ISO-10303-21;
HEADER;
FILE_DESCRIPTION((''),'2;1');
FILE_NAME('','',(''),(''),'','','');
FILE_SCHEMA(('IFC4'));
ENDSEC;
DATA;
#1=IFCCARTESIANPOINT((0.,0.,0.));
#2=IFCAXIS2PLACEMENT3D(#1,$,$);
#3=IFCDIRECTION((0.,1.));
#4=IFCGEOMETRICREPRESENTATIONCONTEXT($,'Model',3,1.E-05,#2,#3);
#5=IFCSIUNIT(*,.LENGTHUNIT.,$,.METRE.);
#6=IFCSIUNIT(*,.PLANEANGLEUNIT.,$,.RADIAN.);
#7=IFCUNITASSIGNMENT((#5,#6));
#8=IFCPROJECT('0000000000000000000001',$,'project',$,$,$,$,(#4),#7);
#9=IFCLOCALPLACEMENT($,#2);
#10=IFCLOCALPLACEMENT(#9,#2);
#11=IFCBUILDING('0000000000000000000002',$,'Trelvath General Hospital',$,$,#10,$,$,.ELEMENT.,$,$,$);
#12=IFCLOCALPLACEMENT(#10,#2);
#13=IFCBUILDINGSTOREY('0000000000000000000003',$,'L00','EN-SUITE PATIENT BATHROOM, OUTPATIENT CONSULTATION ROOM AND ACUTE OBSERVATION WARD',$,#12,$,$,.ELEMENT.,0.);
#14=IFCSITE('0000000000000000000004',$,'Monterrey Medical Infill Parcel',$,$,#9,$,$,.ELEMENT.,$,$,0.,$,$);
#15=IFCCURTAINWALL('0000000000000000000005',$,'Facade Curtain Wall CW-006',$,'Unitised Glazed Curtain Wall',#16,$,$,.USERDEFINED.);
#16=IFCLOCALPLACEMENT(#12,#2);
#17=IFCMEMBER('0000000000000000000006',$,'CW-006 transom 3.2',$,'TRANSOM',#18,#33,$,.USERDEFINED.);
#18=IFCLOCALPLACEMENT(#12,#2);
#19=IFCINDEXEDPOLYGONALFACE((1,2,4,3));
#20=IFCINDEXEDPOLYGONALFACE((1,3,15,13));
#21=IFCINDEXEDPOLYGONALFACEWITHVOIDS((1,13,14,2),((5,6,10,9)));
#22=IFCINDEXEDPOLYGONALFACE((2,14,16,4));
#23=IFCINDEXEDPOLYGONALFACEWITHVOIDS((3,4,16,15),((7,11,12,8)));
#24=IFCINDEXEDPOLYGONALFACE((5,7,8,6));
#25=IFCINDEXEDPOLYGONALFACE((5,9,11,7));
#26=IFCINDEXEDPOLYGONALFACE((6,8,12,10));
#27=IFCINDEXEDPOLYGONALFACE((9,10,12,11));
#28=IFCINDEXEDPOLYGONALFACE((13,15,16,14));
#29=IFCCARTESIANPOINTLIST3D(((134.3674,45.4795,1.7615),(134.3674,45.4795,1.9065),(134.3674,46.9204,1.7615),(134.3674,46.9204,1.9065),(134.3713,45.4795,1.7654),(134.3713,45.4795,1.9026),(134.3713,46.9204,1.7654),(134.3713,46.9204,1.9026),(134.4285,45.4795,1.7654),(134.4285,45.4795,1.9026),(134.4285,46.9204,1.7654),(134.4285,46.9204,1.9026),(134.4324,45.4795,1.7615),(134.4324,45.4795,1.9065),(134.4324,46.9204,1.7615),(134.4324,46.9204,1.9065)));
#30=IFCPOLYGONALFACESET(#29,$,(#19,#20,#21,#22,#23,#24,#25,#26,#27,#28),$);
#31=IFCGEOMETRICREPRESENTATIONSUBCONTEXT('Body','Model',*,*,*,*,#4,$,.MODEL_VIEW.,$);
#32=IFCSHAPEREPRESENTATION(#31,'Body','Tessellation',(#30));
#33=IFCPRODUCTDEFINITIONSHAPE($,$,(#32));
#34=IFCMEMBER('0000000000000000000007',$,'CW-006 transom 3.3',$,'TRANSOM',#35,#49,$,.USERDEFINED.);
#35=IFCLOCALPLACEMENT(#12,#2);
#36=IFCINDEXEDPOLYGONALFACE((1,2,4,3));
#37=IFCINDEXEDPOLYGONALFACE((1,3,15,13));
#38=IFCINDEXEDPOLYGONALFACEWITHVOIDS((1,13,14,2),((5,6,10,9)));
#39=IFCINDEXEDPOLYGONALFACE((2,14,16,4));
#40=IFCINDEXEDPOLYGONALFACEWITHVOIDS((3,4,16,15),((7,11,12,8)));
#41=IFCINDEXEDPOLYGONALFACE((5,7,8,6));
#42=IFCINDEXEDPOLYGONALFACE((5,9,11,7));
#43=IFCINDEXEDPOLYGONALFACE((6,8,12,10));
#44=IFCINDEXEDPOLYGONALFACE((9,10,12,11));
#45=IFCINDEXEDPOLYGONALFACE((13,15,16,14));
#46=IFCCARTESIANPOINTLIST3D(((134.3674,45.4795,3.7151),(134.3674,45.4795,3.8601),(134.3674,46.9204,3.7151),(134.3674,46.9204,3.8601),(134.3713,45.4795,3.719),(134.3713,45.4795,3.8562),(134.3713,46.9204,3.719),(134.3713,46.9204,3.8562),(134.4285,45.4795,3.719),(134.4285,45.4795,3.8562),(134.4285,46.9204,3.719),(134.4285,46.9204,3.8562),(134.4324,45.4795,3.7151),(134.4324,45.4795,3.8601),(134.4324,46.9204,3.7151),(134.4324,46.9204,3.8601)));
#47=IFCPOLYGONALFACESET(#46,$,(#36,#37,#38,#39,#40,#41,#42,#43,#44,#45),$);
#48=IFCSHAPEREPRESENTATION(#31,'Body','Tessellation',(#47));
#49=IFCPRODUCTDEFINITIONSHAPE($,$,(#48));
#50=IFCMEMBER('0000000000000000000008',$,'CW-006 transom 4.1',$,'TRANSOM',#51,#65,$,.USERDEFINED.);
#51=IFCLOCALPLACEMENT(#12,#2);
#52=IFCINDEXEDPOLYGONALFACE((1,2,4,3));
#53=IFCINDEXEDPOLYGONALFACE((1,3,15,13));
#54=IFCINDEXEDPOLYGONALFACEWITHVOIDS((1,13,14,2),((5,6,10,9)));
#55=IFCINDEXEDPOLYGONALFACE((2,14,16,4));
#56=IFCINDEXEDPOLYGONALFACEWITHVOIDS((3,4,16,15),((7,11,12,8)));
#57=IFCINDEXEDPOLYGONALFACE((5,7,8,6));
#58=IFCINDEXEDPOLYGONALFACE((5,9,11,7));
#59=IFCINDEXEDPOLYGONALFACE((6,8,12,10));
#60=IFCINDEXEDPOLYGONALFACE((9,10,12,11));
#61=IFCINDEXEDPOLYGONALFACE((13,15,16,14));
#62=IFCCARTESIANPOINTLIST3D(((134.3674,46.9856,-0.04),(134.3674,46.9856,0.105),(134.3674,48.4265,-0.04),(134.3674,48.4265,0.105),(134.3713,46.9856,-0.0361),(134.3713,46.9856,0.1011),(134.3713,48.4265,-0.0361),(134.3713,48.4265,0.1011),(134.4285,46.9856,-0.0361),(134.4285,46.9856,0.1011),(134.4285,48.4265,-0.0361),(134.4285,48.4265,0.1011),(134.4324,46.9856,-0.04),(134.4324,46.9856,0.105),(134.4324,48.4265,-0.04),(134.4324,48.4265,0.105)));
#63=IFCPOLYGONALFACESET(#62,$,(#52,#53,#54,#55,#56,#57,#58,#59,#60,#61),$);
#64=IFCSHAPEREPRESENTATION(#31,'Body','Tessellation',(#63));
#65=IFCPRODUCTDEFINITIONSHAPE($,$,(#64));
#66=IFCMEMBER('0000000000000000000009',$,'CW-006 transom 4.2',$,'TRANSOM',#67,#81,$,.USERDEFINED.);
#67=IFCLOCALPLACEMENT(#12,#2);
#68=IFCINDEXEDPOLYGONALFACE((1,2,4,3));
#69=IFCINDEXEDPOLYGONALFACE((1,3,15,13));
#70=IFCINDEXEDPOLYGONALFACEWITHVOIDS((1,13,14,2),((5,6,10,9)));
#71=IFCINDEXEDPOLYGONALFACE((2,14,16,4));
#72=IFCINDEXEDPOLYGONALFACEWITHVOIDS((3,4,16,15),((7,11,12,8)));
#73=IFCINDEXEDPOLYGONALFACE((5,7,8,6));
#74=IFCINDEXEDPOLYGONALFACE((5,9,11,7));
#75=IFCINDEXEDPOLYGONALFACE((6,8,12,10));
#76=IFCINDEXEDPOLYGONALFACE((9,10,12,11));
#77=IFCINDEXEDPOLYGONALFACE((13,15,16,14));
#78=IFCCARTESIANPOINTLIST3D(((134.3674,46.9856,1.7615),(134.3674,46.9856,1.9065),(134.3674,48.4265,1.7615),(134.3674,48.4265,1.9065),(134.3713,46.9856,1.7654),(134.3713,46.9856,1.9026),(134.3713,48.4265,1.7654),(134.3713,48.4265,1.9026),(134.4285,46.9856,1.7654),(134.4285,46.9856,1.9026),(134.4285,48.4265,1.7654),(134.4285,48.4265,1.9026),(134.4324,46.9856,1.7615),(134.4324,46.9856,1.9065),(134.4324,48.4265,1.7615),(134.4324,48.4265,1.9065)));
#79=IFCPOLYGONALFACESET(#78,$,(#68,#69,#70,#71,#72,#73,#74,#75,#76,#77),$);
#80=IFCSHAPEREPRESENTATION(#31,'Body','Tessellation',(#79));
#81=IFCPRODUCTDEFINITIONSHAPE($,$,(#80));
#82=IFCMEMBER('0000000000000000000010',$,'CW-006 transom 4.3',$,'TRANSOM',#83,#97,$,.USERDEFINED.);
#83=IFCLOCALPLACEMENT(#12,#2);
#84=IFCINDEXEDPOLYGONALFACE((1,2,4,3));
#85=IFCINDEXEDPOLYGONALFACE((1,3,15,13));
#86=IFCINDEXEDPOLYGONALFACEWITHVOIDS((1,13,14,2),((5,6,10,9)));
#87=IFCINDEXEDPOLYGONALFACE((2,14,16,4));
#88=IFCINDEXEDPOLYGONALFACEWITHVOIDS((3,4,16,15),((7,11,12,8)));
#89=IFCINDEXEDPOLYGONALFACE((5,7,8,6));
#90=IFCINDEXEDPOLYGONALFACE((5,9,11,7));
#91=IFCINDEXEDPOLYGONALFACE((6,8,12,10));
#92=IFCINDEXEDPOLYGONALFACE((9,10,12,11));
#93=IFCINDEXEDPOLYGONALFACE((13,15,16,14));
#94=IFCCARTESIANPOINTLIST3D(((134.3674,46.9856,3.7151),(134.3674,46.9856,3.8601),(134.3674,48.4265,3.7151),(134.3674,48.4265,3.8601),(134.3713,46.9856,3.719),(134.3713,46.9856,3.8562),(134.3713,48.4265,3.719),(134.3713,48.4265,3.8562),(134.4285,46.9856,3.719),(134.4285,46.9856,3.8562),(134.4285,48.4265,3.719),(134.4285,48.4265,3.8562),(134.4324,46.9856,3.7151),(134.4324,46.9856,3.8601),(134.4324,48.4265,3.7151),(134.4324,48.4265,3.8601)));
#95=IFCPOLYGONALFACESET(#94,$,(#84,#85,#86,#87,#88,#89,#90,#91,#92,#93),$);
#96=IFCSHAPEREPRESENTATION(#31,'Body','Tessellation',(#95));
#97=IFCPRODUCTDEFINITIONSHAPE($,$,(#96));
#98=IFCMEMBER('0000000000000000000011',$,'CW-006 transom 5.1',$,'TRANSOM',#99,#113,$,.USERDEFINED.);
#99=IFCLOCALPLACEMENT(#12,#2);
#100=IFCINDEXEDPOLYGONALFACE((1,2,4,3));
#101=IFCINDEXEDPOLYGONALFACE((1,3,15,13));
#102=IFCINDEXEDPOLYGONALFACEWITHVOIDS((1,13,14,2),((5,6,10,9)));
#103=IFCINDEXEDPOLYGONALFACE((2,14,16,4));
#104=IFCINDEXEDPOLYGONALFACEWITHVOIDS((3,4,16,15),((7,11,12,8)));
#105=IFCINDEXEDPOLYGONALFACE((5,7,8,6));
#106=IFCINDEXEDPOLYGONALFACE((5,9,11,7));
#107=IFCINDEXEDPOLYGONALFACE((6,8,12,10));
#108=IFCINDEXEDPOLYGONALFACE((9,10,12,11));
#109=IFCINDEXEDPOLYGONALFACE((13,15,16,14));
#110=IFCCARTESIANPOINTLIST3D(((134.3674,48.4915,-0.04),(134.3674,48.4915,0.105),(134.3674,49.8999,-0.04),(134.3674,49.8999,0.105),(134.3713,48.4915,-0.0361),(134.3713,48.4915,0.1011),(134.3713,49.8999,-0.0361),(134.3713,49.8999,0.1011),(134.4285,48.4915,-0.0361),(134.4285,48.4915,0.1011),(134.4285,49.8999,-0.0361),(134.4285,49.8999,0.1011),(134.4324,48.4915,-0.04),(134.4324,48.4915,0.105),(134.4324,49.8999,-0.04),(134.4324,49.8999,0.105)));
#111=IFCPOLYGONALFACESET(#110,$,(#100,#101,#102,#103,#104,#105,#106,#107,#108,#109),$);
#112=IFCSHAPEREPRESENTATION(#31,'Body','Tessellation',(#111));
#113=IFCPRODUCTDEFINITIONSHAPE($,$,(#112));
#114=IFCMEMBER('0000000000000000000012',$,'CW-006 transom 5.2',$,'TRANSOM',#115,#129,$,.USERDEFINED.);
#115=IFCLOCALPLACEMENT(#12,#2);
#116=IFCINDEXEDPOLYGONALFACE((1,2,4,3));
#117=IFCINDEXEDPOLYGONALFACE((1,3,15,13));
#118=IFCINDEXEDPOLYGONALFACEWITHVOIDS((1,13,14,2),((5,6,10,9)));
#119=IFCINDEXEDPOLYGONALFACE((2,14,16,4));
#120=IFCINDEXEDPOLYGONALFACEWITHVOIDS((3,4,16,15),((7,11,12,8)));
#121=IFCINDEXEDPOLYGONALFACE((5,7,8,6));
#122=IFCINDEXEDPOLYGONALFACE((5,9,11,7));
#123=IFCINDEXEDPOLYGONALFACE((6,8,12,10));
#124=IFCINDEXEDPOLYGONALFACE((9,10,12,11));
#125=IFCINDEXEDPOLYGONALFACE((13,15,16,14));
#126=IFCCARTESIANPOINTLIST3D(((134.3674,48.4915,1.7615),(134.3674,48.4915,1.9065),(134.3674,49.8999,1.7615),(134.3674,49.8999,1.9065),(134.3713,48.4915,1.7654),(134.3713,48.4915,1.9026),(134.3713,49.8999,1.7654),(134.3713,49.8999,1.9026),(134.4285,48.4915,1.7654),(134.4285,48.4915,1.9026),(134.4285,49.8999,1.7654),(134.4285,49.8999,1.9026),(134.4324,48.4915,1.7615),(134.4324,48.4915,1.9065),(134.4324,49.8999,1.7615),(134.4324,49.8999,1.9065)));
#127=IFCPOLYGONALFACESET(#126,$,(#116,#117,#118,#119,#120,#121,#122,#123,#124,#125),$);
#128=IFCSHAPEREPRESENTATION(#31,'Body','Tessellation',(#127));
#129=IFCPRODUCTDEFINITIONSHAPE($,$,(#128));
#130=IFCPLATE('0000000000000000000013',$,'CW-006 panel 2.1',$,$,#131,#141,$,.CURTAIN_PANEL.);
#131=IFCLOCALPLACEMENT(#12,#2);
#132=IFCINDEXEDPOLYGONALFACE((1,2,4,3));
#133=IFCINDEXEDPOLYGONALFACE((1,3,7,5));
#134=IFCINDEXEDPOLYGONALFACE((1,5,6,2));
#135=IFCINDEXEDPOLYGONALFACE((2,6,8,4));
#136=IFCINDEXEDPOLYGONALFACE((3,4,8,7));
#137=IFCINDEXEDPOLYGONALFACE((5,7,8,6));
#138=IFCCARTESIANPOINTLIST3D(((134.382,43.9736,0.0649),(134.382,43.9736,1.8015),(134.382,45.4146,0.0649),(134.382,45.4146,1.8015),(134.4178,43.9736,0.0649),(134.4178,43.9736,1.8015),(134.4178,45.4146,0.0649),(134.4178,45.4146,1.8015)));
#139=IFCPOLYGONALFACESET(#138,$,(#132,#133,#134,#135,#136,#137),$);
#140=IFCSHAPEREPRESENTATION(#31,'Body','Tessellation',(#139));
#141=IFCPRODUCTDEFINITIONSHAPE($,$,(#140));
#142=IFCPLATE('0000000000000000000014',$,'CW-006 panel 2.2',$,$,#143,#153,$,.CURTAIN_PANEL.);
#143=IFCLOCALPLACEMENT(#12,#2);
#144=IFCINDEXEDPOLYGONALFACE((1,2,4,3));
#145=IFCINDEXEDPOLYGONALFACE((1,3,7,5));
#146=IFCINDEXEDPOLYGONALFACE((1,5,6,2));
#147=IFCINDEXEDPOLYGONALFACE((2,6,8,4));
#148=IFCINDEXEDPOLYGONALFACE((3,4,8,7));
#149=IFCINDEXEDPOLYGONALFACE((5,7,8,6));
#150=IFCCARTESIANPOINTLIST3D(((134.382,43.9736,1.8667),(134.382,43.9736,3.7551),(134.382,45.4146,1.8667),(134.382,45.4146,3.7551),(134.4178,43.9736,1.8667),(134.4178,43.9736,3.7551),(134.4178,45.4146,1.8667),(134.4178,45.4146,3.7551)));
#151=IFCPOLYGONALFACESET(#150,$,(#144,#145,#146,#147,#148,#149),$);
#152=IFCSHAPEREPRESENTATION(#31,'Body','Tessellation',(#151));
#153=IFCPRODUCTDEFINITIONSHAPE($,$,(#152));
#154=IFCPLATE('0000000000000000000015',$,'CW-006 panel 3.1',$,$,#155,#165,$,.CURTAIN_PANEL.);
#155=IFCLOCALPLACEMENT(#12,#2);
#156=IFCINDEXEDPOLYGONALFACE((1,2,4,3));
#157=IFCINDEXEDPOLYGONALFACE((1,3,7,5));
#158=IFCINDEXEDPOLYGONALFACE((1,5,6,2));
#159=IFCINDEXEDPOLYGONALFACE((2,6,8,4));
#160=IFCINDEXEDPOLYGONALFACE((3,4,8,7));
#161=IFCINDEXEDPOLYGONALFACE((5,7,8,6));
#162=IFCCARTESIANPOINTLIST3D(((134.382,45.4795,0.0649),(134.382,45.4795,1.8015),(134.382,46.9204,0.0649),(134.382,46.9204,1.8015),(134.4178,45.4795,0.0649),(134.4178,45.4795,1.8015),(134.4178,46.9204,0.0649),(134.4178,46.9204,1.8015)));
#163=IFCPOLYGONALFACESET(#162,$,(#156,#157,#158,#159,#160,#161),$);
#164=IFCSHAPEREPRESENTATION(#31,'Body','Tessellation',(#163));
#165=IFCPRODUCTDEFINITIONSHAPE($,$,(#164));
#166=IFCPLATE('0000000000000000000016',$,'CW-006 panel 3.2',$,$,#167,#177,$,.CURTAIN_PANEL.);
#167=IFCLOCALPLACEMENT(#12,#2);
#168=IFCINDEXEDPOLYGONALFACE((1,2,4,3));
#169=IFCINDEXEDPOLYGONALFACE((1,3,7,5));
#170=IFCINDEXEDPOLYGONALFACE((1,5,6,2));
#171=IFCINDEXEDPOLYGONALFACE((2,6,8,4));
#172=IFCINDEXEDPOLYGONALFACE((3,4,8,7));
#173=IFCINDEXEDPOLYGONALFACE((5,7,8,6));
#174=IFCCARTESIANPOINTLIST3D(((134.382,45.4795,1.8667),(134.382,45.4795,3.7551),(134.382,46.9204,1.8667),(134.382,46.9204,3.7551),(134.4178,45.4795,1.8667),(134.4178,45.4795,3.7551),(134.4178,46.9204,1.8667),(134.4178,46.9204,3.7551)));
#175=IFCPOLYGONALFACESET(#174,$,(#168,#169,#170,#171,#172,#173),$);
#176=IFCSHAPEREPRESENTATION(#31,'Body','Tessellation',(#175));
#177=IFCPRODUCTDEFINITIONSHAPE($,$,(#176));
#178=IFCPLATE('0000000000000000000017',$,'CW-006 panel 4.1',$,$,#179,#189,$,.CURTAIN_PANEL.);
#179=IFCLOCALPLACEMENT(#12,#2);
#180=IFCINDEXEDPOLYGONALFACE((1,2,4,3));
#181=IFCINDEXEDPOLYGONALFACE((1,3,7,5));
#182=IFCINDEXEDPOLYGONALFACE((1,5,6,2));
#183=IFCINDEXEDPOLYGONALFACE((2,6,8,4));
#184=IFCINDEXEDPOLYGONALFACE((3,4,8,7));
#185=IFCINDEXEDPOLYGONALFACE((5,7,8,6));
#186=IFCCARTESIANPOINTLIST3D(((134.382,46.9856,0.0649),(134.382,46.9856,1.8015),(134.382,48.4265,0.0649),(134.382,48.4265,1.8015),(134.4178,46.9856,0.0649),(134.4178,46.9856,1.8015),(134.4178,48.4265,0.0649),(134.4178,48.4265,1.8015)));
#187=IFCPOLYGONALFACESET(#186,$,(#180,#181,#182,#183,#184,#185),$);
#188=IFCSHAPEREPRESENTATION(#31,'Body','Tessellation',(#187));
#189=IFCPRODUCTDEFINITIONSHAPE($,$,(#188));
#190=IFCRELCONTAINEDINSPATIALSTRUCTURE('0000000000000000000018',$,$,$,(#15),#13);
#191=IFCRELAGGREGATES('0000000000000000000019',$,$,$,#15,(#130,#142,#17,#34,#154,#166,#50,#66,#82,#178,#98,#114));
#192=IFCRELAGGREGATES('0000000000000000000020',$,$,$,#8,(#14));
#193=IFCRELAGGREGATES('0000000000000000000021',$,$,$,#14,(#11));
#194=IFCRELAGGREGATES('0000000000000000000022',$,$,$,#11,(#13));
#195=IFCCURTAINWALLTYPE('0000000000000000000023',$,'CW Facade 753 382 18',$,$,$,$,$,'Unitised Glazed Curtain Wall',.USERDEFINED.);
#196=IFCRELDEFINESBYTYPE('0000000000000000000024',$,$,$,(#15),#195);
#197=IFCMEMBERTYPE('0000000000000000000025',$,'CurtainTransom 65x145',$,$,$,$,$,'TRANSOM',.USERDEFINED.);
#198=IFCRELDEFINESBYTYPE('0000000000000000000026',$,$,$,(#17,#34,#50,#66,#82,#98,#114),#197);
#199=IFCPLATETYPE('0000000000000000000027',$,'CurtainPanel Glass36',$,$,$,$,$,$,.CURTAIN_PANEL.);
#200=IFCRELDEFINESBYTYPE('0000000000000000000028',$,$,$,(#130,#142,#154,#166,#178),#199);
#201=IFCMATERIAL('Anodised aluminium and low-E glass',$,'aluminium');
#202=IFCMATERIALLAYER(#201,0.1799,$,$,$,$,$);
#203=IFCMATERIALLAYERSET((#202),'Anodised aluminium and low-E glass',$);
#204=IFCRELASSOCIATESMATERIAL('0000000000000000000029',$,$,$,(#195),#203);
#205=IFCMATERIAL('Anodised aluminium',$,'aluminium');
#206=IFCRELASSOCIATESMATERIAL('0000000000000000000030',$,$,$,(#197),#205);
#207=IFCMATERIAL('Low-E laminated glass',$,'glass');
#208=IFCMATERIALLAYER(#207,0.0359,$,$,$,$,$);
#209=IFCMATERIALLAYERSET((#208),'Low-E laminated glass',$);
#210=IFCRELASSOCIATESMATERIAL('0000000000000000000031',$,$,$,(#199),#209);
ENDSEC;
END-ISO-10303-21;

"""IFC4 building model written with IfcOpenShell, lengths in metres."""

from ifc_helpers import new_model, si_unit, direction, frame, origin, origin_2d, place, context, subcontext, project, spatial, rectangle, hollow_rectangle, extrude, material, layer, layer_set, material_profile, profile_set, type_object, element, aggregate, save


model = new_model("IFC4")

# Units and contexts
model_context = context("Model", 3, precision=1e-05, world=origin(), true_north=direction((0.0, 1.0)))
body_context = subcontext(model_context, "Body", "Model", "MODEL_VIEW")
ifc_project = project(units=[si_unit("LENGTHUNIT", "METRE"), si_unit("PLANEANGLEUNIT", "RADIAN")], contexts=[model_context])

# Site, building, storey
site_placement = place(None, origin())
site = spatial("IfcSite", under=ifc_project, at=site_placement, Name="Monterrey Medical Infill Parcel", CompositionType="ELEMENT", RefElevation=0.0)
building_placement = place(site_placement, origin())
building = spatial("IfcBuilding", under=site, at=building_placement, Name="Trelvath General Hospital", CompositionType="ELEMENT")
storey_placement = place(building_placement, origin())
storey = spatial("IfcBuildingStorey", under=building, at=storey_placement, Name="L00", Description="EN-SUITE PATIENT BATHROOM, OUTPATIENT CONSULTATION ROOM AND ACUTE OBSERVATION WARD", CompositionType="ELEMENT", Elevation=0.0)

# Curtain wall, members, plates
ifc_material_1 = material(Name="Anodised aluminium and low-E glass", Category="aluminium")
ifc_layer_1 = layer(ifc_material_1, 0.1799)
ifc_layer_set_1 = layer_set([ifc_layer_1], Name="Anodised aluminium and low-E glass")
curtain_wall_type = type_object("IfcCurtainWallType", Name="CW Facade 753 382 18", ElementType="Unitised Glazed Curtain Wall", PredefinedType="USERDEFINED", material=ifc_layer_set_1)
curtain_wall_placement = place(storey_placement, origin())
curtain_wall = element("IfcCurtainWall", 1, at=curtain_wall_placement, inside=storey, type_object=curtain_wall_type, Name="Facade Curtain Wall CW-006", ObjectType="Unitised Glazed Curtain Wall", PredefinedType="USERDEFINED")
ifc_material_2 = material(Name="Anodised aluminium", Category="aluminium")
ifc_material_profile_1 = material_profile(ifc_material_2, hollow_rectangle(XDim=0.0649, YDim=0.145, WallThickness=0.0039, at=origin_2d()), Name="RHS65x145x4")
ifc_profile_set_1 = profile_set([ifc_material_profile_1], Name="Anodised aluminium")
member_type_1 = type_object("IfcMemberType", Name="CurtainTransom 65x145", ElementType="TRANSOM", PredefinedType="USERDEFINED", material=ifc_profile_set_1)
member_1_placement = place(storey_placement, frame((134.3999, 45.4795, 1.834), z_axis=(0.0, 1.0, 0.0), x_axis=(-1.0, 0.0, 0.0)))
member_1 = element("IfcMember", 2, at=member_1_placement, type_object=member_type_1, Name="CW-006 transom 3.2", ObjectType="TRANSOM", PredefinedType="USERDEFINED", context=body_context, shape_type="SweptSolid", body=[
    extrude(hollow_rectangle(XDim=0.0649, YDim=0.145, WallThickness=0.0039, at=origin_2d()), origin(), (0.0, 0.0, 1.0), 1.4409),
])
member_2_placement = place(storey_placement, frame((134.3999, 45.4795, 3.7876), z_axis=(0.0, 1.0, 0.0), x_axis=(-1.0, 0.0, 0.0)))
member_2 = element("IfcMember", 3, at=member_2_placement, type_object=member_type_1, Name="CW-006 transom 3.3", ObjectType="TRANSOM", PredefinedType="USERDEFINED", context=body_context, shape_type="SweptSolid", body=[
    extrude(hollow_rectangle(XDim=0.0649, YDim=0.145, WallThickness=0.0039, at=origin_2d()), origin(), (0.0, 0.0, 1.0), 1.4409),
])
member_3_placement = place(storey_placement, frame((134.3999, 46.9856, 0.0325), z_axis=(0.0, 1.0, 0.0), x_axis=(-1.0, 0.0, 0.0)))
member_3 = element("IfcMember", 4, at=member_3_placement, type_object=member_type_1, Name="CW-006 transom 4.1", ObjectType="TRANSOM", PredefinedType="USERDEFINED", context=body_context, shape_type="SweptSolid", body=[
    extrude(hollow_rectangle(XDim=0.0649, YDim=0.145, WallThickness=0.0039, at=origin_2d()), origin(), (0.0, 0.0, 1.0), 1.4409),
])
member_4_placement = place(storey_placement, frame((134.3999, 46.9856, 1.834), z_axis=(0.0, 1.0, 0.0), x_axis=(-1.0, 0.0, 0.0)))
member_4 = element("IfcMember", 5, at=member_4_placement, type_object=member_type_1, Name="CW-006 transom 4.2", ObjectType="TRANSOM", PredefinedType="USERDEFINED", context=body_context, shape_type="SweptSolid", body=[
    extrude(hollow_rectangle(XDim=0.0649, YDim=0.145, WallThickness=0.0039, at=origin_2d()), origin(), (0.0, 0.0, 1.0), 1.4409),
])
member_5_placement = place(storey_placement, frame((134.3999, 46.9856, 3.7876), z_axis=(0.0, 1.0, 0.0), x_axis=(-1.0, 0.0, 0.0)))
member_5 = element("IfcMember", 6, at=member_5_placement, type_object=member_type_1, Name="CW-006 transom 4.3", ObjectType="TRANSOM", PredefinedType="USERDEFINED", context=body_context, shape_type="SweptSolid", body=[
    extrude(hollow_rectangle(XDim=0.0649, YDim=0.145, WallThickness=0.0039, at=origin_2d()), origin(), (0.0, 0.0, 1.0), 1.4409),
])
member_6_placement = place(storey_placement, frame((134.3999, 48.4915, 0.0325), z_axis=(0.0, 1.0, 0.0), x_axis=(-1.0, 0.0, 0.0)))
member_6 = element("IfcMember", 7, at=member_6_placement, type_object=member_type_1, Name="CW-006 transom 5.1", ObjectType="TRANSOM", PredefinedType="USERDEFINED", context=body_context, shape_type="SweptSolid", body=[
    extrude(hollow_rectangle(XDim=0.0649, YDim=0.145, WallThickness=0.0039, at=origin_2d()), origin(), (0.0, 0.0, 1.0), 1.4084),
])
member_7_placement = place(storey_placement, frame((134.3999, 48.4915, 1.834), z_axis=(0.0, 1.0, 0.0), x_axis=(-1.0, 0.0, 0.0)))
member_7 = element("IfcMember", 8, at=member_7_placement, type_object=member_type_1, Name="CW-006 transom 5.2", ObjectType="TRANSOM", PredefinedType="USERDEFINED", context=body_context, shape_type="SweptSolid", body=[
    extrude(hollow_rectangle(XDim=0.0649, YDim=0.145, WallThickness=0.0039, at=origin_2d()), origin(), (0.0, 0.0, 1.0), 1.4084),
])
ifc_material_3 = material(Name="Low-E laminated glass", Category="glass")
ifc_layer_2 = layer(ifc_material_3, 0.0359)
ifc_layer_set_2 = layer_set([ifc_layer_2], Name="Low-E laminated glass")
plate_type = type_object("IfcPlateType", Name="CurtainPanel Glass36", PredefinedType="CURTAIN_PANEL", material=ifc_layer_set_2)
plate_1_placement = place(storey_placement, frame((134.3999, 44.6941, 0.0649), z_axis=(0.0, 0.0, 1.0), x_axis=(0.0, 1.0, 0.0)))
plate_1 = element("IfcPlate", 9, at=plate_1_placement, type_object=plate_type, Name="CW-006 panel 2.1", PredefinedType="CURTAIN_PANEL", context=body_context, shape_type="SweptSolid", body=[
    extrude(rectangle(XDim=1.4409, YDim=0.0359, at=origin_2d()), origin(), (0.0, 0.0, 1.0), 1.7366),
])
plate_2_placement = place(storey_placement, frame((134.3999, 44.6941, 1.8667), z_axis=(0.0, 0.0, 1.0), x_axis=(0.0, 1.0, 0.0)))
plate_2 = element("IfcPlate", 10, at=plate_2_placement, type_object=plate_type, Name="CW-006 panel 2.2", PredefinedType="CURTAIN_PANEL", context=body_context, shape_type="SweptSolid", body=[
    extrude(rectangle(XDim=1.4409, YDim=0.0359, at=origin_2d()), origin(), (0.0, 0.0, 1.0), 1.8884),
])
plate_3_placement = place(storey_placement, frame((134.3999, 46.2, 0.0649), z_axis=(0.0, 0.0, 1.0), x_axis=(0.0, 1.0, 0.0)))
plate_3 = element("IfcPlate", 11, at=plate_3_placement, type_object=plate_type, Name="CW-006 panel 3.1", PredefinedType="CURTAIN_PANEL", context=body_context, shape_type="SweptSolid", body=[
    extrude(rectangle(XDim=1.4409, YDim=0.0359, at=origin_2d()), origin(), (0.0, 0.0, 1.0), 1.7366),
])
plate_4_placement = place(storey_placement, frame((134.3999, 46.2, 1.8667), z_axis=(0.0, 0.0, 1.0), x_axis=(0.0, 1.0, 0.0)))
plate_4 = element("IfcPlate", 12, at=plate_4_placement, type_object=plate_type, Name="CW-006 panel 3.2", PredefinedType="CURTAIN_PANEL", context=body_context, shape_type="SweptSolid", body=[
    extrude(rectangle(XDim=1.4409, YDim=0.0359, at=origin_2d()), origin(), (0.0, 0.0, 1.0), 1.8884),
])
plate_5_placement = place(storey_placement, frame((134.3999, 47.7061, 0.0649), z_axis=(0.0, 0.0, 1.0), x_axis=(0.0, 1.0, 0.0)))
plate_5 = element("IfcPlate", 13, at=plate_5_placement, type_object=plate_type, Name="CW-006 panel 4.1", PredefinedType="CURTAIN_PANEL", context=body_context, shape_type="SweptSolid", body=[
    extrude(rectangle(XDim=1.4409, YDim=0.0359, at=origin_2d()), origin(), (0.0, 0.0, 1.0), 1.7366),
])
aggregate(curtain_wall, [plate_1, plate_2, member_1, member_2, plate_3, plate_4, member_3, member_4, member_5, plate_5, member_6, member_7])

save(model, "model.ifc")
